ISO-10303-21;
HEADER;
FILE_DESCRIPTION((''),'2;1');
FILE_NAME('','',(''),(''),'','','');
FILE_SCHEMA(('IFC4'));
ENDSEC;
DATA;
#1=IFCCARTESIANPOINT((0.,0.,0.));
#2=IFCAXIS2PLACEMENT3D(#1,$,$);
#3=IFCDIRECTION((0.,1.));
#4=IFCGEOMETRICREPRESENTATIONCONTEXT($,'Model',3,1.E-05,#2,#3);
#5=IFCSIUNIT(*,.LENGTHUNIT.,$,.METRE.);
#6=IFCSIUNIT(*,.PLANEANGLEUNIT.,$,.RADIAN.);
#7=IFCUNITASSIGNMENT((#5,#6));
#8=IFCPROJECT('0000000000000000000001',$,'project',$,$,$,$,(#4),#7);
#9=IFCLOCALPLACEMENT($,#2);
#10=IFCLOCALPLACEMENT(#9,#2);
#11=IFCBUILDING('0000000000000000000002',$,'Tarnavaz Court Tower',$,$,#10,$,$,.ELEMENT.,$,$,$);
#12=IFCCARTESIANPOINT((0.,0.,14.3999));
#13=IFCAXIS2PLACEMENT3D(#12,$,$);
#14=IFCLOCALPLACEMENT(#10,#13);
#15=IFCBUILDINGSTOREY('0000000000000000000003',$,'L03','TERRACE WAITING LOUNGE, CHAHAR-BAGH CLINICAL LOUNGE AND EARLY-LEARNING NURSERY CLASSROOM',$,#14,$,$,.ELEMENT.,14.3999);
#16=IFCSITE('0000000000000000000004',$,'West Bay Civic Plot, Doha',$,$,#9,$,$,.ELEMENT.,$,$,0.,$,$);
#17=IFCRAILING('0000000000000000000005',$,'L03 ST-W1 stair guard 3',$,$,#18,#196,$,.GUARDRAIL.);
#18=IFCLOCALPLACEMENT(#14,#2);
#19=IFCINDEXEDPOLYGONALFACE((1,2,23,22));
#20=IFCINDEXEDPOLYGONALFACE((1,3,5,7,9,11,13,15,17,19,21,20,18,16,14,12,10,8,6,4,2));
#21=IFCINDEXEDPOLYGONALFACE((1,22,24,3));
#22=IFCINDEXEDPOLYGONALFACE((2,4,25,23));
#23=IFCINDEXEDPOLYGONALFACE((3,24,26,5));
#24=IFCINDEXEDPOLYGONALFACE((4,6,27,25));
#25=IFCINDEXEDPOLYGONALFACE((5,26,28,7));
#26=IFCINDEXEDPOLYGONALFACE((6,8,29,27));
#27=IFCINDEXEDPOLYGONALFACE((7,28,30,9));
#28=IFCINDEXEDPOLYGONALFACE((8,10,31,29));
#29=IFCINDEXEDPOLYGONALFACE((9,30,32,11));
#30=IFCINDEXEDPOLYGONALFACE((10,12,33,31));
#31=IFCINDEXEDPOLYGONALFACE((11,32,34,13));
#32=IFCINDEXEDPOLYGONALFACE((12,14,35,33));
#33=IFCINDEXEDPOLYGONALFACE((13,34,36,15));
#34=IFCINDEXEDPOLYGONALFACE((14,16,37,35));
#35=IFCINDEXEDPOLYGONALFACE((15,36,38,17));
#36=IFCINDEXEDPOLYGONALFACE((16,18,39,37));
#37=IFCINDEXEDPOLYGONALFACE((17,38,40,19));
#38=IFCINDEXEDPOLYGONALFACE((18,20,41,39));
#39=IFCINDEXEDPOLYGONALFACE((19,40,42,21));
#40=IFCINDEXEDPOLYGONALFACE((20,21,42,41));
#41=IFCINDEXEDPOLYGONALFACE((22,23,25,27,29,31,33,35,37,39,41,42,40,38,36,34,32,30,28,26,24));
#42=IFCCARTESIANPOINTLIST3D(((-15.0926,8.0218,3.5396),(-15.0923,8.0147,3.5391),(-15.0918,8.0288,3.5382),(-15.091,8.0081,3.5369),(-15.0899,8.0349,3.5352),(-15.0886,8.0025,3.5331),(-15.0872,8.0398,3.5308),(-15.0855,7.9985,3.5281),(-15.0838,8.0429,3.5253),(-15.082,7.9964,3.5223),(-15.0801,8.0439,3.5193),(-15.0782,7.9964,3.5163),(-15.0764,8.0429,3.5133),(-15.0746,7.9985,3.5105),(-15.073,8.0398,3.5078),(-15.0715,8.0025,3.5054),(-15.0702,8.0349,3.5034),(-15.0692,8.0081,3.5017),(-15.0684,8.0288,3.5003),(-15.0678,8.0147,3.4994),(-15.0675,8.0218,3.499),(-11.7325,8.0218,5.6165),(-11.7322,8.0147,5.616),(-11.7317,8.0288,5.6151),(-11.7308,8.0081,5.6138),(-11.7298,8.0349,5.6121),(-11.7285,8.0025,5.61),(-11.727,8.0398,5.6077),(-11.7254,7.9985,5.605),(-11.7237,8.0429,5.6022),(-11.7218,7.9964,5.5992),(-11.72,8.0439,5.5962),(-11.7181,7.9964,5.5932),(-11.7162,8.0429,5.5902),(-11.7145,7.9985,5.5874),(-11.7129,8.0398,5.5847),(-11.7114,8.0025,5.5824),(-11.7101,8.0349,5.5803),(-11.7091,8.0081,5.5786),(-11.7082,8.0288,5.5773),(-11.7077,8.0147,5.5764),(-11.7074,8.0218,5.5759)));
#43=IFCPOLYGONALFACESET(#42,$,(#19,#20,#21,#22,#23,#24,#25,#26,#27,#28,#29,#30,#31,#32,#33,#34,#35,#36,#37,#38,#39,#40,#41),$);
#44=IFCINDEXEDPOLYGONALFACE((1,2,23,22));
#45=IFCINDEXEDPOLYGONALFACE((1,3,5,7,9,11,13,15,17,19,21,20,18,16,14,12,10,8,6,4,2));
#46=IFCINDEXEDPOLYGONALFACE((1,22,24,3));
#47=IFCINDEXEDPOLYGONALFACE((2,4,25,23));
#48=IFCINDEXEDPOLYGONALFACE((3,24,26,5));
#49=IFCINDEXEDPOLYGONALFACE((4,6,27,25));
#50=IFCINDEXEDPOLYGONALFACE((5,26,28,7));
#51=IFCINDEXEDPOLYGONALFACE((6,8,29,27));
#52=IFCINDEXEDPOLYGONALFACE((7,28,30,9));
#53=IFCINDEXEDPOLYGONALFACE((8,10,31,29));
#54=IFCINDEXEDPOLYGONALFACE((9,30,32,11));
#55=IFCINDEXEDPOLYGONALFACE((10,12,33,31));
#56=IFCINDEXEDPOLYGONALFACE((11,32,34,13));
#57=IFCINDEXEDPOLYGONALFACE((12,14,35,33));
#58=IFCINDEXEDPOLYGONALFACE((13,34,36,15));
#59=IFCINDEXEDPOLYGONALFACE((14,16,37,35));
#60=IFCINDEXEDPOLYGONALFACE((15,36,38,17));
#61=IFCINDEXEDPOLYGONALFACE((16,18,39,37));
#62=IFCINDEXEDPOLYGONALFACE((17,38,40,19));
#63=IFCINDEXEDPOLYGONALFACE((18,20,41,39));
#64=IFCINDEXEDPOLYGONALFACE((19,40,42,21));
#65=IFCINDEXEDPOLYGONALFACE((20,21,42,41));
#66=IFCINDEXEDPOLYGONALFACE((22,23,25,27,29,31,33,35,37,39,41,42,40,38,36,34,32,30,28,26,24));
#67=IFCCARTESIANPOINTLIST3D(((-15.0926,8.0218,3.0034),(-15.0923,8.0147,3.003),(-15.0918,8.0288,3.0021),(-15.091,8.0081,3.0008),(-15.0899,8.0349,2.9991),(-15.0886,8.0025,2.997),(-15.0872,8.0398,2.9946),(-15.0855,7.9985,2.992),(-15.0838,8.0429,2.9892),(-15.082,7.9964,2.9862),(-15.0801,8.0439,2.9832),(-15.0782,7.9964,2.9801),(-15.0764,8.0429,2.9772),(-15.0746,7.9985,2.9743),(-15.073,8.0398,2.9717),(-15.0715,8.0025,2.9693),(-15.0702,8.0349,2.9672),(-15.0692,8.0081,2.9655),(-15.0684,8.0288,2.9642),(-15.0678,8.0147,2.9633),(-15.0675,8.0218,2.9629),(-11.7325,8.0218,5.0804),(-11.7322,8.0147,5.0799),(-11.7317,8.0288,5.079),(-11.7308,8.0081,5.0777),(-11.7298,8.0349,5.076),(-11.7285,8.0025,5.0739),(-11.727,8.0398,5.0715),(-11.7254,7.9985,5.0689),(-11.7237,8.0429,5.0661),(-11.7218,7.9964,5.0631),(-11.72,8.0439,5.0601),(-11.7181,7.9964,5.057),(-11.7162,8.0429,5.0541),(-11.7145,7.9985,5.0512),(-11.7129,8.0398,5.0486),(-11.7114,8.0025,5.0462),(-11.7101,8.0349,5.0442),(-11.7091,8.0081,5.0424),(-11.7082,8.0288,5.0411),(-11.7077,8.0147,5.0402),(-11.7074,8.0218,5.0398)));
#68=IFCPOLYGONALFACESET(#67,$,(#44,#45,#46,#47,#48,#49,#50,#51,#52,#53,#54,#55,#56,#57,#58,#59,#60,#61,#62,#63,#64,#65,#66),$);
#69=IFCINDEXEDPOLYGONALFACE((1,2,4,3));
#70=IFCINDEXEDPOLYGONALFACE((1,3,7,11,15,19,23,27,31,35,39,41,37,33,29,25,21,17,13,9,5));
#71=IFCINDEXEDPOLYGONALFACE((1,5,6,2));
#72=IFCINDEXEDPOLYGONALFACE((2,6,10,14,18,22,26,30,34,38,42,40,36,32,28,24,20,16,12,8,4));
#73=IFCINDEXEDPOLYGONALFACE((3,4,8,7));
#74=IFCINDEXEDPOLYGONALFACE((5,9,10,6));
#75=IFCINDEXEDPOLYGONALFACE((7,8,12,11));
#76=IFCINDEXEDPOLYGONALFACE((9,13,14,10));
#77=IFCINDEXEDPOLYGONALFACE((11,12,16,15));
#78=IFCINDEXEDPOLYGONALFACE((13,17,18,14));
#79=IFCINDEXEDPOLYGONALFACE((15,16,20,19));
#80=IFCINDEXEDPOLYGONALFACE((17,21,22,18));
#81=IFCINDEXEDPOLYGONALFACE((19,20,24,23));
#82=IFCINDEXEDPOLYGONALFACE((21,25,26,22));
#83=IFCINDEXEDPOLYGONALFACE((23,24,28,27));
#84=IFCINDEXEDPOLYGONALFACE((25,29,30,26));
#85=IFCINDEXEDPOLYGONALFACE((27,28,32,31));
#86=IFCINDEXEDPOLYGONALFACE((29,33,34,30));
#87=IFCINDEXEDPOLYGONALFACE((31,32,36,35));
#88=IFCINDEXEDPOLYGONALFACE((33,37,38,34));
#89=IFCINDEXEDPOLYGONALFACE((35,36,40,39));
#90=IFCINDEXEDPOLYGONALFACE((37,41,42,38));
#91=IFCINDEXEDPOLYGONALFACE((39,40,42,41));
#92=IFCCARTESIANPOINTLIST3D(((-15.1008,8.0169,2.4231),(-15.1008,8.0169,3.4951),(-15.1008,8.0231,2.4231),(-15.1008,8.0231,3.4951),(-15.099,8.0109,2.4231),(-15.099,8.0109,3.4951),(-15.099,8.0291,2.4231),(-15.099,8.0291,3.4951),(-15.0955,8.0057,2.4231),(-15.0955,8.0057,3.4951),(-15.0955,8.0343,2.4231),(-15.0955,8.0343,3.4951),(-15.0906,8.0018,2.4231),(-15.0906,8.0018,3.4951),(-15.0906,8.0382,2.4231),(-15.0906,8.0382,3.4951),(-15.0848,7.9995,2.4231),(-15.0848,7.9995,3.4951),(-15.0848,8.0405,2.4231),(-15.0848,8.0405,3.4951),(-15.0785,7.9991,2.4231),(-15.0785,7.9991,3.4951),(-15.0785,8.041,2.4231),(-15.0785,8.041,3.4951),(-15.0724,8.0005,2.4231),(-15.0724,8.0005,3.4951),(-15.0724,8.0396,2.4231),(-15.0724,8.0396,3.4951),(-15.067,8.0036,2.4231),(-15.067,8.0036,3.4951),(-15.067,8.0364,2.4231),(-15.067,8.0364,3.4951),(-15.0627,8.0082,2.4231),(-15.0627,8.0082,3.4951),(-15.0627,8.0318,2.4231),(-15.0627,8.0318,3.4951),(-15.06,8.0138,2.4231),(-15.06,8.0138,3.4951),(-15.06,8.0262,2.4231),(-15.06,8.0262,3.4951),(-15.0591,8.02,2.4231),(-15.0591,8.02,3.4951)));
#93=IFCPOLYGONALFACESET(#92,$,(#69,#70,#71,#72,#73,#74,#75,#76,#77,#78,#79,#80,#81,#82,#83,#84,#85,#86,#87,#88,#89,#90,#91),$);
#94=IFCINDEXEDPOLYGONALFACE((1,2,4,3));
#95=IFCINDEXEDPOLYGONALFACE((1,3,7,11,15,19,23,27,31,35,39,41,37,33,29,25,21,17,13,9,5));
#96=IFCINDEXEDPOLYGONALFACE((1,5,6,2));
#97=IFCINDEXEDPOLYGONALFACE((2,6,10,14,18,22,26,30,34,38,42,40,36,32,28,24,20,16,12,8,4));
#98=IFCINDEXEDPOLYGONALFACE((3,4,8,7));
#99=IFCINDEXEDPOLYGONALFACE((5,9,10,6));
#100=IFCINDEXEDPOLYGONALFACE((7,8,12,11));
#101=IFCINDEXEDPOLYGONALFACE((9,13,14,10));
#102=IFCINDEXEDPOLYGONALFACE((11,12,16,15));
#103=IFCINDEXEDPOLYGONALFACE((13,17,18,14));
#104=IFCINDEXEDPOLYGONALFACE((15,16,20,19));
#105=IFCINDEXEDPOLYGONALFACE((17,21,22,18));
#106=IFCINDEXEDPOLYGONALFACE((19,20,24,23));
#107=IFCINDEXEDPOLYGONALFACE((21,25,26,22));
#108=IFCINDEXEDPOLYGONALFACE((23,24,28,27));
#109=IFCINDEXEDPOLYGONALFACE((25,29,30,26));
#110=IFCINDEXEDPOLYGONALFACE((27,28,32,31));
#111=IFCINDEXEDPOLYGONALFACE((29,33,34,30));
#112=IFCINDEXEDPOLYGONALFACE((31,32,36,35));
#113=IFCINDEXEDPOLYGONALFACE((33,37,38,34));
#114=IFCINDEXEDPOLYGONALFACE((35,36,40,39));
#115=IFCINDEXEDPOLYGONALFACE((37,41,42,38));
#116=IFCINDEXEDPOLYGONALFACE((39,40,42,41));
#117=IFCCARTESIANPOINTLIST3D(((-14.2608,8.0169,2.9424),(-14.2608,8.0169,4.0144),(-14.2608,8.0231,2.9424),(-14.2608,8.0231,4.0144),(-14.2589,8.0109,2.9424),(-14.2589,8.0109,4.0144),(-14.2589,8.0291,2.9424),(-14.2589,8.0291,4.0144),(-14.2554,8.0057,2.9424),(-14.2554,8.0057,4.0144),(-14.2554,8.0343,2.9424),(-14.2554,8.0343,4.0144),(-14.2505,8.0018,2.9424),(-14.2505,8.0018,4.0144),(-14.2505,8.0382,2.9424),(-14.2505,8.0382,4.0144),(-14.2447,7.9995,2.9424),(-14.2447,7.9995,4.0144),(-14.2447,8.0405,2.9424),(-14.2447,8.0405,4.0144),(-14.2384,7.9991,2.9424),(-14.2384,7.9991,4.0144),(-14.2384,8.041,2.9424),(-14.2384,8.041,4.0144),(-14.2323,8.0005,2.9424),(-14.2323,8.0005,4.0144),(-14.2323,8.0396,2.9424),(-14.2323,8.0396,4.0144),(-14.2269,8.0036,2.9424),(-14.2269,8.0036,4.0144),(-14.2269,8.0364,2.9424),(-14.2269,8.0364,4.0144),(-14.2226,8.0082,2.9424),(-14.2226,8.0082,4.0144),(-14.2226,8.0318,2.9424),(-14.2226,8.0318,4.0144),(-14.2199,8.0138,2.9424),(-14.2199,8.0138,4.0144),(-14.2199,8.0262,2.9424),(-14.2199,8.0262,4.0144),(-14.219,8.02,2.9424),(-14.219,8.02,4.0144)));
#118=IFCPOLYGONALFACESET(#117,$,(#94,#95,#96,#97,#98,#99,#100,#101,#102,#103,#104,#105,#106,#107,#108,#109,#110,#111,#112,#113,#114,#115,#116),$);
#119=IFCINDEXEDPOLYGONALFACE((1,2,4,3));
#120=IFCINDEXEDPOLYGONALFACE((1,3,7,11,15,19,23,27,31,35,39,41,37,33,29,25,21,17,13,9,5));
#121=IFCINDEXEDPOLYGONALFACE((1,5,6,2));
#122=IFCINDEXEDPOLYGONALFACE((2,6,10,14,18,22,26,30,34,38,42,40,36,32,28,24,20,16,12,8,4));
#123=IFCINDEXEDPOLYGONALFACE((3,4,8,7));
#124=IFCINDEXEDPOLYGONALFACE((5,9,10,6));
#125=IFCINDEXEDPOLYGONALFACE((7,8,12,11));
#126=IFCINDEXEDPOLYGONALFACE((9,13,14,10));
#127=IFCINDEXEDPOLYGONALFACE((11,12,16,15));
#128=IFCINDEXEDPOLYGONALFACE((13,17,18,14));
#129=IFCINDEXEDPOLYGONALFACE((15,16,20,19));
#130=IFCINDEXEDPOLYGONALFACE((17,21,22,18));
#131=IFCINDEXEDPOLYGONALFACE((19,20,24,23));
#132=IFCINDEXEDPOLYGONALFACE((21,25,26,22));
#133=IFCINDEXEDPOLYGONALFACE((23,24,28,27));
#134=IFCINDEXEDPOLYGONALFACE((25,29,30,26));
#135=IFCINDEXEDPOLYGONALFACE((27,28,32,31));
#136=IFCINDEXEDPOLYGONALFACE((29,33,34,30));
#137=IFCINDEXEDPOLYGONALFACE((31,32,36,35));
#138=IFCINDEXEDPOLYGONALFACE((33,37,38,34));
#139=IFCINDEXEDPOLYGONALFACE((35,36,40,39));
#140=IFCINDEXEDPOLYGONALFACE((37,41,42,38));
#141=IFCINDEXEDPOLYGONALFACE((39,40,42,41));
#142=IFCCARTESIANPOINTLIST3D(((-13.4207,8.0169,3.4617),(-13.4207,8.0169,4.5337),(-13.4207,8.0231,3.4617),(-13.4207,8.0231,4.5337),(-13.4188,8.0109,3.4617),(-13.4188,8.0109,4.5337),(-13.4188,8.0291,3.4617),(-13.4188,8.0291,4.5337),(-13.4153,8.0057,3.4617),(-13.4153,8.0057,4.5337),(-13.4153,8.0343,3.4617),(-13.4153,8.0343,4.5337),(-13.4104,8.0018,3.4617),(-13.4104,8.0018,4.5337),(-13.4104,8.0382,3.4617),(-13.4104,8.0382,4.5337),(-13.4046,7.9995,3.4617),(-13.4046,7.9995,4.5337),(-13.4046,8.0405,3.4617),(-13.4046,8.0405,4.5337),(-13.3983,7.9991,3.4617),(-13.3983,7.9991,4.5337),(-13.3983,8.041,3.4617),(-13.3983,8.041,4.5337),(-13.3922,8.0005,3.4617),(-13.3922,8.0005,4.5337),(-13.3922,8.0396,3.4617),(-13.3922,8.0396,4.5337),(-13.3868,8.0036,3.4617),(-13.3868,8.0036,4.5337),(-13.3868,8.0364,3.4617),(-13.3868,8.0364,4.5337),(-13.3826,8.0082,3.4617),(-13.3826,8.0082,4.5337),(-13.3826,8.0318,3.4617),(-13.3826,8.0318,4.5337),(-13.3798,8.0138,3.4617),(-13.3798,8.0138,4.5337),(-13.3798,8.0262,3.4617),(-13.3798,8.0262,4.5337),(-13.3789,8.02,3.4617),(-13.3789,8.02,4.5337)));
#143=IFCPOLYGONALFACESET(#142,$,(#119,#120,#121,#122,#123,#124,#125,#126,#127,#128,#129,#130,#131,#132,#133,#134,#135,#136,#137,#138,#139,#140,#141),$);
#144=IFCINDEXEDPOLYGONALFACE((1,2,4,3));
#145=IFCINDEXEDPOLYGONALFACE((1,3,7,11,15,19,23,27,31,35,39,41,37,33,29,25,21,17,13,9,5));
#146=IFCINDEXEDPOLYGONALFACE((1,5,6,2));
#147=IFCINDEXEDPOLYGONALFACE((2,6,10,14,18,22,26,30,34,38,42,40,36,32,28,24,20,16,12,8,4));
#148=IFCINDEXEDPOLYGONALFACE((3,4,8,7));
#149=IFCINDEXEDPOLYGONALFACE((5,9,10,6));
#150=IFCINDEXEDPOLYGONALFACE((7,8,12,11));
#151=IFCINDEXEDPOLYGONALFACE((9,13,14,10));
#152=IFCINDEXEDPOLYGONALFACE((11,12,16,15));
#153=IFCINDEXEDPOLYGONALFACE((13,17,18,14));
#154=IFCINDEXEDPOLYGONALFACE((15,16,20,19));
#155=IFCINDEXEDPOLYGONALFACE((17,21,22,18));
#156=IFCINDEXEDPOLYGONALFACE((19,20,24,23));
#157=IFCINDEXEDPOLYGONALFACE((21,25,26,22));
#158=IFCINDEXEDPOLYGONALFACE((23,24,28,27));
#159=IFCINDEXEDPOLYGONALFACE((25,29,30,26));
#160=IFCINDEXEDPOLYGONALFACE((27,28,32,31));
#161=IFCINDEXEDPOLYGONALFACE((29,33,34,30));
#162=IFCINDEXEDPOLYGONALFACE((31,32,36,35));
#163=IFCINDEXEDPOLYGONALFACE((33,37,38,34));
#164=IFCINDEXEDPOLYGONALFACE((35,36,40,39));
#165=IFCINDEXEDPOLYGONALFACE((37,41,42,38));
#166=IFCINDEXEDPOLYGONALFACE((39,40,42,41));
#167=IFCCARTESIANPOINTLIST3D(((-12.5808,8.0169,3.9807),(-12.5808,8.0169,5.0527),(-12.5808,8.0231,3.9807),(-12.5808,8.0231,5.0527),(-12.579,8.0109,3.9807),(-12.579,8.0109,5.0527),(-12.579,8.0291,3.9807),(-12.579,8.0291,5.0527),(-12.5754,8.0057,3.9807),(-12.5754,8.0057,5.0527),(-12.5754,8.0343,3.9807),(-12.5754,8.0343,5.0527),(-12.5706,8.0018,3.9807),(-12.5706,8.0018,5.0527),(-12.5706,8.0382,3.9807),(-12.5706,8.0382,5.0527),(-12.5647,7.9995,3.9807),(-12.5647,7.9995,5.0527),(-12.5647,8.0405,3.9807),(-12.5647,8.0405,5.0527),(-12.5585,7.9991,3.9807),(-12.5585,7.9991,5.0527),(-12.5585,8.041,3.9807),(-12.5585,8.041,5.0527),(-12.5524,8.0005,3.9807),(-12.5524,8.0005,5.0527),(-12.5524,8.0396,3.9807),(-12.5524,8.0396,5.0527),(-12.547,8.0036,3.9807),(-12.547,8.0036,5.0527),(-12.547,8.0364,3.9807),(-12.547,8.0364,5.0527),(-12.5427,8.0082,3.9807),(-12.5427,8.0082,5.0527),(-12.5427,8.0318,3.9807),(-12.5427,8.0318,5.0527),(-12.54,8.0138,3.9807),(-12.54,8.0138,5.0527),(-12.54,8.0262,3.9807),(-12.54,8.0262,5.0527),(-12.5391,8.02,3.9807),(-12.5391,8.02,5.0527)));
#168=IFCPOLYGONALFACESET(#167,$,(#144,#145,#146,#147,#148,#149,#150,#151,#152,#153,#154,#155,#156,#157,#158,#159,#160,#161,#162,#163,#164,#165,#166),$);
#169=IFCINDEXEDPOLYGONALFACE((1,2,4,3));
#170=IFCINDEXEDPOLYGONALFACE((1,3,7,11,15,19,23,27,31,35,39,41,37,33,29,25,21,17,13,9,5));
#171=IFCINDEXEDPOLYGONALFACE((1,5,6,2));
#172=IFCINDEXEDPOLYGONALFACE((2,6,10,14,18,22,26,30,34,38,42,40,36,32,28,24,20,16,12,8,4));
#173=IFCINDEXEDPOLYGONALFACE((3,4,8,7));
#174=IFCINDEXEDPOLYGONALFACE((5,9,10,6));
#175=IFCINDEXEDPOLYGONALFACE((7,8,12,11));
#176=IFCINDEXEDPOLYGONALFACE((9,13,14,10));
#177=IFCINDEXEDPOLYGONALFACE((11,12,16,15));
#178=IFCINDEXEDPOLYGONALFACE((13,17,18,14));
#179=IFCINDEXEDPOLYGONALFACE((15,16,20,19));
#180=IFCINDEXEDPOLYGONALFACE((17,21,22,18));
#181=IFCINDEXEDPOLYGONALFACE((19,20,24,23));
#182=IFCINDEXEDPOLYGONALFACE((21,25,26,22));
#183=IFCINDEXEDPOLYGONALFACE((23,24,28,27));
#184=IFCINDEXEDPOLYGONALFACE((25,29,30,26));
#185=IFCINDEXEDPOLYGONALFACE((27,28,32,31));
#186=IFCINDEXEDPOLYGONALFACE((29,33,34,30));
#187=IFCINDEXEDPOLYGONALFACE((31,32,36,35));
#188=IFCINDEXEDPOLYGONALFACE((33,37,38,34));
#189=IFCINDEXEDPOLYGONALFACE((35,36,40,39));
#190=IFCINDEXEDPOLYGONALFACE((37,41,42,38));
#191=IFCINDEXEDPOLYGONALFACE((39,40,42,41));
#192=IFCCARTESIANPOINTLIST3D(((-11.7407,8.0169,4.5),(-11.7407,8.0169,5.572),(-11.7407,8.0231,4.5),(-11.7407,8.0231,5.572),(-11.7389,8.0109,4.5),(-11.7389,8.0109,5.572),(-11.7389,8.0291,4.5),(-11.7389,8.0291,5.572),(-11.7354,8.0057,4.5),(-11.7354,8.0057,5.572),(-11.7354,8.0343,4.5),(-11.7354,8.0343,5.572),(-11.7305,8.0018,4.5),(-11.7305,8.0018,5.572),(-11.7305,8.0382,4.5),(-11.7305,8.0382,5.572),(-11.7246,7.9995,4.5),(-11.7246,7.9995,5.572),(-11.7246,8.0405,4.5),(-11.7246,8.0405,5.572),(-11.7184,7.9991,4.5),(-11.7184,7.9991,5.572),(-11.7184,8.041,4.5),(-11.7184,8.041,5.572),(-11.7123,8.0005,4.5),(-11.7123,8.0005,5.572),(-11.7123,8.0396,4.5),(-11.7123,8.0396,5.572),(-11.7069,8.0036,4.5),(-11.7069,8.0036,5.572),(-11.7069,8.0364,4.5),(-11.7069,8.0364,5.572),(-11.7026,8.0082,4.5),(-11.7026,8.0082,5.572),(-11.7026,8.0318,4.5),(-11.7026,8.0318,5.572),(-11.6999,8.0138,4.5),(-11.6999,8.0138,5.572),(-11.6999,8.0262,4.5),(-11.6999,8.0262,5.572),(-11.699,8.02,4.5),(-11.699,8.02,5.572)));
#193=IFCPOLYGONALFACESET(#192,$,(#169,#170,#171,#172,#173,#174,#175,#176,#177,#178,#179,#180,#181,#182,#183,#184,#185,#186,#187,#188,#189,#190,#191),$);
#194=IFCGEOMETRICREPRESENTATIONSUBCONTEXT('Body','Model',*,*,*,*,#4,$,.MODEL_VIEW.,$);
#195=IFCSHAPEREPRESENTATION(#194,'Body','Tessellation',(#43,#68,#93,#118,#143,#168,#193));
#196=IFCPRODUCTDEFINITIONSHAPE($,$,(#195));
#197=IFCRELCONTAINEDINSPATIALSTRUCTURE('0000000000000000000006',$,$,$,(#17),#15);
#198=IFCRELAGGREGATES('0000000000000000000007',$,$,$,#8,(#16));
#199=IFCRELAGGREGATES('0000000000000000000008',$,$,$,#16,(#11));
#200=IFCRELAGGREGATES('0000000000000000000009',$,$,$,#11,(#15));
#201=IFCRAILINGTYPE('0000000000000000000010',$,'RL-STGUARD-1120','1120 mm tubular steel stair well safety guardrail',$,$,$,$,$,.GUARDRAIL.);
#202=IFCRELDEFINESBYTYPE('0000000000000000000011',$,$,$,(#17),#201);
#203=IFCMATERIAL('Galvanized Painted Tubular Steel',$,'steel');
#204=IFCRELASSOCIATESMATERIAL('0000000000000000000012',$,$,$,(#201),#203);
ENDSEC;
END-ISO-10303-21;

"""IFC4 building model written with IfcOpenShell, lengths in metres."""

from ifc_helpers import new_model, si_unit, direction, frame, origin, origin_2d, place, context, subcontext, project, spatial, circle, extrude, material, type_object, element, save


model = new_model("IFC4")

# Units and contexts
model_context = context("Model", 3, precision=1e-05, world=origin(), true_north=direction((0.0, 1.0)))
body_context = subcontext(model_context, "Body", "Model", "MODEL_VIEW")
ifc_project = project(units=[si_unit("LENGTHUNIT", "METRE"), si_unit("PLANEANGLEUNIT", "RADIAN")], contexts=[model_context])

# Site, building, storey
site_placement = place(None, origin())
site = spatial("IfcSite", under=ifc_project, at=site_placement, Name="West Bay Civic Plot, Doha", CompositionType="ELEMENT", RefElevation=0.0)
building_placement = place(site_placement, origin())
building = spatial("IfcBuilding", under=site, at=building_placement, Name="Tarnavaz Court Tower", CompositionType="ELEMENT")
storey_placement = place(building_placement, frame((0.0, 0.0, 14.3999)))
storey = spatial("IfcBuildingStorey", under=building, at=storey_placement, Name="L03", Description="TERRACE WAITING LOUNGE, CHAHAR-BAGH CLINICAL LOUNGE AND EARLY-LEARNING NURSERY CLASSROOM", CompositionType="ELEMENT", Elevation=14.3999)

# Railing
ifc_material_1 = material(Name="Galvanized Painted Tubular Steel", Category="steel")
railing_type_1 = type_object("IfcRailingType", Name="RL-STGUARD-1120", Description="1120 mm tubular steel stair well safety guardrail", PredefinedType="GUARDRAIL", material=ifc_material_1)
railing_1_placement = place(storey_placement, frame((-15.0801, 8.02, 2.4231)))
element("IfcRailing", 1, at=railing_1_placement, inside=storey, type_object=railing_type_1, Name="L03 ST-W1 stair guard 3", PredefinedType="GUARDRAIL", context=body_context, shape_type="SweptSolid", body=[
    extrude(circle(Radius=0.0239, at=origin_2d()), frame((0.0, 0.0, 1.0962), z_axis=(0.850623, 0.0, 0.525776), x_axis=(0.0, 1.0, 0.0)), (0.0, 0.0, 1.0), 3.9502),
    extrude(circle(Radius=0.0239, at=origin_2d()), frame((0.0, 0.0, 0.5601), z_axis=(0.850623, 0.0, 0.525776), x_axis=(0.0, 1.0, 0.0)), (0.0, 0.0, 1.0), 3.9502),
    extrude(circle(Radius=0.021, at=origin_2d()), origin(), (0.0, 0.0, 1.0), 1.072),
    extrude(circle(Radius=0.021, at=origin_2d()), frame((0.8401, 0.0, 0.5193)), (0.0, 0.0, 1.0), 1.072),
    extrude(circle(Radius=0.021, at=origin_2d()), frame((1.6802, 0.0, 1.0386)), (0.0, 0.0, 1.0), 1.072),
    extrude(circle(Radius=0.021, at=origin_2d()), frame((2.52, 0.0, 1.5576)), (0.0, 0.0, 1.0), 1.072),
    extrude(circle(Radius=0.021, at=origin_2d()), frame((3.3601, 0.0, 2.0769)), (0.0, 0.0, 1.0), 1.072),
])

save(model, "model.ifc")
